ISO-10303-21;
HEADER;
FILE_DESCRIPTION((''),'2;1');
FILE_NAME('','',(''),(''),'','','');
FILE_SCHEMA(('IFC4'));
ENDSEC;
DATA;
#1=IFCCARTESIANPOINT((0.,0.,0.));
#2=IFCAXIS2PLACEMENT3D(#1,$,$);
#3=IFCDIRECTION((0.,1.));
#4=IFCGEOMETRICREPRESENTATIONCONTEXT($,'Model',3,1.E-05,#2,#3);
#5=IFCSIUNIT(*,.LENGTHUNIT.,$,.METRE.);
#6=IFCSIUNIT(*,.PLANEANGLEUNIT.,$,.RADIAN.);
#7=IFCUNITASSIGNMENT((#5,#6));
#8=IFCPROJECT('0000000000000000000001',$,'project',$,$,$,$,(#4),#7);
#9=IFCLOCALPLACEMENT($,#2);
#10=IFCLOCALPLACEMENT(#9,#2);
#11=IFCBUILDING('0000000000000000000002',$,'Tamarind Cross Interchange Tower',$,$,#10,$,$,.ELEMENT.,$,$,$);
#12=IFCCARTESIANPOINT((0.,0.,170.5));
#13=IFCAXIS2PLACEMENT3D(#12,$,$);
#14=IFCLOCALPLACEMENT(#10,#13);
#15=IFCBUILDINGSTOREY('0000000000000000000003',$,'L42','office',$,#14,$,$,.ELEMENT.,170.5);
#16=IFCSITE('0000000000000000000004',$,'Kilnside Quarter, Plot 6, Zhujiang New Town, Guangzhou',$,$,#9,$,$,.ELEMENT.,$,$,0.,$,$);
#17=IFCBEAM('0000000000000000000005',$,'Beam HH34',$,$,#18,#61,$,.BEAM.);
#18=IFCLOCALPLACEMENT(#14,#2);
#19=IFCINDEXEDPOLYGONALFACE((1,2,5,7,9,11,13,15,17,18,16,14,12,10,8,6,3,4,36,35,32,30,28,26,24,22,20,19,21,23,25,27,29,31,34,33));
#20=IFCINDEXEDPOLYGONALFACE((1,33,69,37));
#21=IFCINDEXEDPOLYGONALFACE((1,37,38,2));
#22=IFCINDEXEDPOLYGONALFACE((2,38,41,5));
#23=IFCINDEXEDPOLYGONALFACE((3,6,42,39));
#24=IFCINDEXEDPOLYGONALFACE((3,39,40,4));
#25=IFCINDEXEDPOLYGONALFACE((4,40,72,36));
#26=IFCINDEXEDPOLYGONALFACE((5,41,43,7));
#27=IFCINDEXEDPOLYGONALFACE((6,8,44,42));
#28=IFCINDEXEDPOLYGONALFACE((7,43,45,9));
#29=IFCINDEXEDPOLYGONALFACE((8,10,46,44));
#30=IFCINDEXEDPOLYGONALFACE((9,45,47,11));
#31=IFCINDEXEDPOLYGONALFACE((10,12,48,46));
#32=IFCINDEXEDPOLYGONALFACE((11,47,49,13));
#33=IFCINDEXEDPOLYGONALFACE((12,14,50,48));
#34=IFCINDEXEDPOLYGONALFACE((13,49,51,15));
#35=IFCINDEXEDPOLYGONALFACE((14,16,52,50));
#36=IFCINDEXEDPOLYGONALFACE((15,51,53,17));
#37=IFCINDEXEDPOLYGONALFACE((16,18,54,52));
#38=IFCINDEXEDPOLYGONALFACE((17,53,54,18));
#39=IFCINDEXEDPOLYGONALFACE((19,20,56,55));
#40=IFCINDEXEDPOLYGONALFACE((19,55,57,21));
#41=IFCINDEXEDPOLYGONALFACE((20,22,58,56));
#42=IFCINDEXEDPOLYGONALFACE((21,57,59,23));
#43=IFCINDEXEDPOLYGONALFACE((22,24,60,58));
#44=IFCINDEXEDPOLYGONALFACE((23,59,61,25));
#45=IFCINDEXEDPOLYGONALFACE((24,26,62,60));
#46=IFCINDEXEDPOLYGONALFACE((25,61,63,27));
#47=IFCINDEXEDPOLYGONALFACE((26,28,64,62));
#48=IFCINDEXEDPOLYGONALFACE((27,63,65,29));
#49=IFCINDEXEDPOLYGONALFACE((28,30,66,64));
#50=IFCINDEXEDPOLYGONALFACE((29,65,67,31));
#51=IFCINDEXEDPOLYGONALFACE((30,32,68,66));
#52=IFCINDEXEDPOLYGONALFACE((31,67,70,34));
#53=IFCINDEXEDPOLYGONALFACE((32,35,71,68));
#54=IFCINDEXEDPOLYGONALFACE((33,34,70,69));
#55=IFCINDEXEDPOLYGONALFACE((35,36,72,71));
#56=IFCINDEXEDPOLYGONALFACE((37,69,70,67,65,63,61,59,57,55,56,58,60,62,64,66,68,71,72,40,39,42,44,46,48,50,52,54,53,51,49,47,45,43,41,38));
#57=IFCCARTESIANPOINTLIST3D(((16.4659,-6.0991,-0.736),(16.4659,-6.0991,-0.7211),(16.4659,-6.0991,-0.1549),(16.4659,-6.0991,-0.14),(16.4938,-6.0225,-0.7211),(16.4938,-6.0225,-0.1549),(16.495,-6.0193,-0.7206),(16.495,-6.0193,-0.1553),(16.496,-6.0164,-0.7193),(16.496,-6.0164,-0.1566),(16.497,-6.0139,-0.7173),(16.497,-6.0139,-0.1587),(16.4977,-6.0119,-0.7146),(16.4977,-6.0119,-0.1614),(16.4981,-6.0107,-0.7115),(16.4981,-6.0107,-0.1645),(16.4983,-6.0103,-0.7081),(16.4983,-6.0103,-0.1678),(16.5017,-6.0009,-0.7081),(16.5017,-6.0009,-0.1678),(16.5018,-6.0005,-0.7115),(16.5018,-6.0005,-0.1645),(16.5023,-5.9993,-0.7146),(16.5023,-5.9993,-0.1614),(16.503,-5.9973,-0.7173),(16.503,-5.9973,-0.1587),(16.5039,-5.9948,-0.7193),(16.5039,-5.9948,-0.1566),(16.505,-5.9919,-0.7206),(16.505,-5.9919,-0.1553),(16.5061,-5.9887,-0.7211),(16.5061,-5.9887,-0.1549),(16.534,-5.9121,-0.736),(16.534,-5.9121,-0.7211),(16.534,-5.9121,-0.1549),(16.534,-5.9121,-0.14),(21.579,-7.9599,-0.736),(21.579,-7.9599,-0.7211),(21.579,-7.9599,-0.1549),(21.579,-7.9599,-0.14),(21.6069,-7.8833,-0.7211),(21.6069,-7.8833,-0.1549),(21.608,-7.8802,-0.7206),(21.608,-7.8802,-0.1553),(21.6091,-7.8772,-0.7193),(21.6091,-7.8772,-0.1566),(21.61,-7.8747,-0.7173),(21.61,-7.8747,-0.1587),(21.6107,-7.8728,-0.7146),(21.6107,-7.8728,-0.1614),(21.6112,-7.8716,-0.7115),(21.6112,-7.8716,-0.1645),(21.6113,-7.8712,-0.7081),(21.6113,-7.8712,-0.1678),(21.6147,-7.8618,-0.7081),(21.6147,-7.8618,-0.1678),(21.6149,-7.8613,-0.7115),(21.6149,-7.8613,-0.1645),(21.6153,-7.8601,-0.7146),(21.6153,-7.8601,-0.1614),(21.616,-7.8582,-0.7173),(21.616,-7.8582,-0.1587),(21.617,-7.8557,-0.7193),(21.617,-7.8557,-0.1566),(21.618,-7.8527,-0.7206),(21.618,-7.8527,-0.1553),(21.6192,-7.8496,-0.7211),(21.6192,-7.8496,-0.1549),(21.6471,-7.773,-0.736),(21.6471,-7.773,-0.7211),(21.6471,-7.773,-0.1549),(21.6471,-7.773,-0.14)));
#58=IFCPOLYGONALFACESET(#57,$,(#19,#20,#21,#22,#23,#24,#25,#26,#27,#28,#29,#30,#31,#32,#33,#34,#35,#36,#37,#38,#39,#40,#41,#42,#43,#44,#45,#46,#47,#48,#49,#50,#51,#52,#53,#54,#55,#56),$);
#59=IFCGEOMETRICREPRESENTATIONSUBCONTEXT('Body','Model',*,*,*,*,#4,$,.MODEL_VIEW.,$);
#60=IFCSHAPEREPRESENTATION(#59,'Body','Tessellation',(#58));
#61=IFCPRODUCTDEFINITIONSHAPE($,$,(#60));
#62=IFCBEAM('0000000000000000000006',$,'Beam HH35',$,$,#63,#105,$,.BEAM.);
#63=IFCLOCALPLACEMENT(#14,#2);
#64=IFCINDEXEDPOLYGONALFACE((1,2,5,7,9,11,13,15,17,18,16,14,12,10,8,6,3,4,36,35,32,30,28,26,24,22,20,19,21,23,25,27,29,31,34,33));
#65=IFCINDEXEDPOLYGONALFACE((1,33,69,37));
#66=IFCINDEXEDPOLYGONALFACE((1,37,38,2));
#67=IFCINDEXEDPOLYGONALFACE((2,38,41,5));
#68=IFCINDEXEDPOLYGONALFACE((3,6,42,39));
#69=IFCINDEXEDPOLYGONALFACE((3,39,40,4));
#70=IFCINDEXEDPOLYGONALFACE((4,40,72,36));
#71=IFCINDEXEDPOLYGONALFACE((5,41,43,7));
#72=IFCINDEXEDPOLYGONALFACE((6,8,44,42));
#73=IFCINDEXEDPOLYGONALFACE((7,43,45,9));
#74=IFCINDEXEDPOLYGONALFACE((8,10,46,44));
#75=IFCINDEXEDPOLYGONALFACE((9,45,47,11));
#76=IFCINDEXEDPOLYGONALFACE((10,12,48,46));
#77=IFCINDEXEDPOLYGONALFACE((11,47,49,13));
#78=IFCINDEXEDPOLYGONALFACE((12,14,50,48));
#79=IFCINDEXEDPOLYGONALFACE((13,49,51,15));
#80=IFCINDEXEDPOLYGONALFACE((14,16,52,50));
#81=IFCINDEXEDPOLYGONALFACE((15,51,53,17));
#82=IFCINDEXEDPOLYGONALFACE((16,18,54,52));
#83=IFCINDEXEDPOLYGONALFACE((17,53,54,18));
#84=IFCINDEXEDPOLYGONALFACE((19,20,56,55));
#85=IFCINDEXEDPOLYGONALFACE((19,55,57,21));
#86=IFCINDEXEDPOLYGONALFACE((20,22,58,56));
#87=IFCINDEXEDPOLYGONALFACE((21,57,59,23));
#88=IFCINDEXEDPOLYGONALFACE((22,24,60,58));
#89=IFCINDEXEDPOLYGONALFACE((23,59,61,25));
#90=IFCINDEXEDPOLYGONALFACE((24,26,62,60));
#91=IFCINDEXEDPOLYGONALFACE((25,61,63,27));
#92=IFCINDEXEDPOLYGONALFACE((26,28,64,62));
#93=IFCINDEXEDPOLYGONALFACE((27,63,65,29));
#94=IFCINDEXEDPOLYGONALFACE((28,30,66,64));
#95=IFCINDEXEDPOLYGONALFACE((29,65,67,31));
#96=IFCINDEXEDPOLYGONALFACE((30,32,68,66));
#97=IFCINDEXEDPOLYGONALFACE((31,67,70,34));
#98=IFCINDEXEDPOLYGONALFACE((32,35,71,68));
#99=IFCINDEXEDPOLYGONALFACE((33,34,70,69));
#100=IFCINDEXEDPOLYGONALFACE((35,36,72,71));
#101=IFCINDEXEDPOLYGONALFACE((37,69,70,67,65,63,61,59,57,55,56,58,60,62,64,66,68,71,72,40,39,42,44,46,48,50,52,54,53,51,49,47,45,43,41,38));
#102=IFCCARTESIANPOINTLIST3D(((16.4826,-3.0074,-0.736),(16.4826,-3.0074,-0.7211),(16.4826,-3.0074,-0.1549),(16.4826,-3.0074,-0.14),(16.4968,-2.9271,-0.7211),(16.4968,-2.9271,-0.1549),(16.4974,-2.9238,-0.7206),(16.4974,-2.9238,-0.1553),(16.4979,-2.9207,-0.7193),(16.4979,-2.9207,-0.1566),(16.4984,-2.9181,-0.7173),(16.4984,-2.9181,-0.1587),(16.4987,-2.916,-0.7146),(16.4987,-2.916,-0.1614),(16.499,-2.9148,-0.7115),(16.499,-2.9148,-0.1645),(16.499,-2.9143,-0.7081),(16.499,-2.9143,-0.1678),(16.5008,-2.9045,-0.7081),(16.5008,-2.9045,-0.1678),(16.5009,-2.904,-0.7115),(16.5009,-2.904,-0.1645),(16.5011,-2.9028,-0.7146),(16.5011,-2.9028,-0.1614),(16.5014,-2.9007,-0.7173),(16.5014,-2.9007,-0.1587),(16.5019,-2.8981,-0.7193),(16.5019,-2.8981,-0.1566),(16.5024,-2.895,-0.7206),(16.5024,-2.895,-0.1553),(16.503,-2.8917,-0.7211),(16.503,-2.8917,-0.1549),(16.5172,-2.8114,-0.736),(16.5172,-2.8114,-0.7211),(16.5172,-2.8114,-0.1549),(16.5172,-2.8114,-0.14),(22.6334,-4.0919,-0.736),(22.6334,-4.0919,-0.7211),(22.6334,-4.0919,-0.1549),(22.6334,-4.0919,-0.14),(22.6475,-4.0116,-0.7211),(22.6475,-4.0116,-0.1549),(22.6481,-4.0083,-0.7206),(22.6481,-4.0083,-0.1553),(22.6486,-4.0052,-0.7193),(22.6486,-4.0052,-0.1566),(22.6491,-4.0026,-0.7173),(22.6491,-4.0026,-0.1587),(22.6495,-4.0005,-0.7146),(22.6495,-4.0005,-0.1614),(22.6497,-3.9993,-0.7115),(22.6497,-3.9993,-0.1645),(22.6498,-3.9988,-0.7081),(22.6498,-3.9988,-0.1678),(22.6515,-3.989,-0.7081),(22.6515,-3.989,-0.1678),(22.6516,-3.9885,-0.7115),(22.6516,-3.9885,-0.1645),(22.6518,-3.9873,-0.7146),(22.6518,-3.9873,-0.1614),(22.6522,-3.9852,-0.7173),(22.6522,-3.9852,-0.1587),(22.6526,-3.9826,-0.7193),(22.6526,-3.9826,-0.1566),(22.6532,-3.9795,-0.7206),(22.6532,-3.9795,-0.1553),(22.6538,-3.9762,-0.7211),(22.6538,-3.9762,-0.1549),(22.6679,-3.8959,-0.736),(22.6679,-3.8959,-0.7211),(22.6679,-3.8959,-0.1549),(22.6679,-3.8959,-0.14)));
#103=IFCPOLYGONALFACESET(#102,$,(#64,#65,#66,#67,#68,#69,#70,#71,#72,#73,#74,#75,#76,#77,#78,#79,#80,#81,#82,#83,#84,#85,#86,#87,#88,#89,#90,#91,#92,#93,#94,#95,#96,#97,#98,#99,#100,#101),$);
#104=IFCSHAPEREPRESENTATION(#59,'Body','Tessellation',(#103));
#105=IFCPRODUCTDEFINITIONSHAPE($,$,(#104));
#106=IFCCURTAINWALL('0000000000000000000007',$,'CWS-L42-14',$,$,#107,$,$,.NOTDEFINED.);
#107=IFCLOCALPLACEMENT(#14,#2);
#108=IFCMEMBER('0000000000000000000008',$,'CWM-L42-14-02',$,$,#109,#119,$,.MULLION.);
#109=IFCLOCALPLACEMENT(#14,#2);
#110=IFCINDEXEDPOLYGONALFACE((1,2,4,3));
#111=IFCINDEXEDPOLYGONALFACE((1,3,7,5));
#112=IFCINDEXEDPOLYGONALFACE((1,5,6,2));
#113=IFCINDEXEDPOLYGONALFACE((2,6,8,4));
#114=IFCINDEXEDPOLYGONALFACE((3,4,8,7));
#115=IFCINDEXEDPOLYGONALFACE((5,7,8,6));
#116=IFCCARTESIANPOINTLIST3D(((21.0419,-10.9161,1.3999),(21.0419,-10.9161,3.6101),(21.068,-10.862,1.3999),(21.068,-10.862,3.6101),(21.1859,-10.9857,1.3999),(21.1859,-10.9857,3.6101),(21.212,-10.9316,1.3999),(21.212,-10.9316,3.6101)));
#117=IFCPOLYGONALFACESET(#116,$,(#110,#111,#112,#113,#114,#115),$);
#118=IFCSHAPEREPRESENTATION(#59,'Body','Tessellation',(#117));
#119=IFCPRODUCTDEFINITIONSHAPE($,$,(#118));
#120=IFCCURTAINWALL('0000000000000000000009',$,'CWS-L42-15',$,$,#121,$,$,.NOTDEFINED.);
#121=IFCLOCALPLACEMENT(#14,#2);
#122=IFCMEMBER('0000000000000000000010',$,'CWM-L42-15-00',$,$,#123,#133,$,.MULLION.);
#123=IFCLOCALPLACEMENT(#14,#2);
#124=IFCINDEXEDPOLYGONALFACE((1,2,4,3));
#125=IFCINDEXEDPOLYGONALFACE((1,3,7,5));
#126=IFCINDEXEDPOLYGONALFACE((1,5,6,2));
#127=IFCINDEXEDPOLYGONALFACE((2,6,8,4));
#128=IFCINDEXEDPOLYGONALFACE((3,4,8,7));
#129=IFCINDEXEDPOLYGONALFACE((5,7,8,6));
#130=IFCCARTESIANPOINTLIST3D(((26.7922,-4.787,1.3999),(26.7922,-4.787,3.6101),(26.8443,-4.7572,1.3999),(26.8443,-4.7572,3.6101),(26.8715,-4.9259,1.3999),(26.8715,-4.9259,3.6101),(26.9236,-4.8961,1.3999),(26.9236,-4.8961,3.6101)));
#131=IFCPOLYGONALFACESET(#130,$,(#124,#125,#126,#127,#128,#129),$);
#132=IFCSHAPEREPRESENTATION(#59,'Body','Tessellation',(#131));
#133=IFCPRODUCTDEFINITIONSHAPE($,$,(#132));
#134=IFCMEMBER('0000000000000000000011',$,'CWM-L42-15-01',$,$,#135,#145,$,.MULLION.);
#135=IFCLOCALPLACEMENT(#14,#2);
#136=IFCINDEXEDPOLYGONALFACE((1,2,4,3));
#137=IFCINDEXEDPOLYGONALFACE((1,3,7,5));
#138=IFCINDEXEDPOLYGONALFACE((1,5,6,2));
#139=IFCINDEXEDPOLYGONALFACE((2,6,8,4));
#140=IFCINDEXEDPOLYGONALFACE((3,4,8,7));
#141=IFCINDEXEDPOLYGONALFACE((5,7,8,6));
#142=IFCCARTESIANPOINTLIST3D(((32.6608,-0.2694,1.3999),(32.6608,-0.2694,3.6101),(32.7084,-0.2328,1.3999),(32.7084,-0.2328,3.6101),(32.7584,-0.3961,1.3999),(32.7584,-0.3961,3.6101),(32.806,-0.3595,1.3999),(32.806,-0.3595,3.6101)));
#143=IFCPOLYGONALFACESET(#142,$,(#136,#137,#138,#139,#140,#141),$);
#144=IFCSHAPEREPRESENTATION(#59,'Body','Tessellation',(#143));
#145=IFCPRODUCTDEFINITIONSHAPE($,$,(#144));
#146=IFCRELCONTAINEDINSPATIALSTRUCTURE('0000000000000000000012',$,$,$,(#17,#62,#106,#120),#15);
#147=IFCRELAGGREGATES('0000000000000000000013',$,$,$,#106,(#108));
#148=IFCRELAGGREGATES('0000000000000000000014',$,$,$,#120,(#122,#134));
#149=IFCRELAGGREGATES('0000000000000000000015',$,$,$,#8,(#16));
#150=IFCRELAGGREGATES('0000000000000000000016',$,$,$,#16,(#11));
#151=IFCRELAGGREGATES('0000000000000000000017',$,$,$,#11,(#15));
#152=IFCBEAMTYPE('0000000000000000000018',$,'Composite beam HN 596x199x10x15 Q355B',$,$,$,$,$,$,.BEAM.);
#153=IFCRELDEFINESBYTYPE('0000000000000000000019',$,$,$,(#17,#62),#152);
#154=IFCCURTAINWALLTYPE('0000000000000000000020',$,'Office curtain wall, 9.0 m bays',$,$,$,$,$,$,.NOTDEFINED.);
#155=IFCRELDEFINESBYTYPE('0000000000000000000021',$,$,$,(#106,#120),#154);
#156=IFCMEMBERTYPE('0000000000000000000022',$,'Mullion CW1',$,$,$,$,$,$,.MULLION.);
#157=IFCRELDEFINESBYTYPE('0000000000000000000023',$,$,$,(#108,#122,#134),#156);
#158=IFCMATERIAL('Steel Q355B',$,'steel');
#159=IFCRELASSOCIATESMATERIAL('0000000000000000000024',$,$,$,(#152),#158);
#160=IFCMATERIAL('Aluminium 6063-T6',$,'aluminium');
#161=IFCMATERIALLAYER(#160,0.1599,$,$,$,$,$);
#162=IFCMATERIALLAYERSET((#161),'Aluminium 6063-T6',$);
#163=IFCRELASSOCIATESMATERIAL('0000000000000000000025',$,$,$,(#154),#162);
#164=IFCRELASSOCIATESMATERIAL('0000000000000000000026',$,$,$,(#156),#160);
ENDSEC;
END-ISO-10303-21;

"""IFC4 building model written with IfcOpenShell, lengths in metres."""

from ifc_helpers import new_model, si_unit, direction, frame, origin, origin_2d, place, context, subcontext, project, spatial, rectangle, i_section, extrude, material, layer, layer_set, material_profile, profile_set, type_object, element, aggregate, save


model = new_model("IFC4")

# Units and contexts
model_context = context("Model", 3, precision=1e-05, world=origin(), true_north=direction((0.0, 1.0)))
body_context = subcontext(model_context, "Body", "Model", "MODEL_VIEW")
ifc_project = project(units=[si_unit("LENGTHUNIT", "METRE"), si_unit("PLANEANGLEUNIT", "RADIAN")], contexts=[model_context])

# Site, building, storey
site_placement = place(None, origin())
site = spatial("IfcSite", under=ifc_project, at=site_placement, Name="Kilnside Quarter, Plot 6, Zhujiang New Town, Guangzhou", CompositionType="ELEMENT", RefElevation=0.0)
building_placement = place(site_placement, origin())
building = spatial("IfcBuilding", under=site, at=building_placement, Name="Tamarind Cross Interchange Tower", CompositionType="ELEMENT")
storey_placement = place(building_placement, frame((0.0, 0.0, 170.5)))
storey = spatial("IfcBuildingStorey", under=building, at=storey_placement, Name="L42", Description="office", CompositionType="ELEMENT", Elevation=170.5)

# Beams
ifc_material_1 = material(Name="Steel Q355B", Category="steel")
ifc_material_profile_1 = material_profile(ifc_material_1, i_section(OverallWidth=0.199, OverallDepth=0.5959, WebThickness=0.01, FlangeThickness=0.0149, FilletRadius=0.0129, at=origin_2d()), Name="HN 596x199x10x15")
ifc_profile_set_1 = profile_set([ifc_material_profile_1], Name="Steel Q355B")
beam_type = type_object("IfcBeamType", Name="Composite beam HN 596x199x10x15 Q355B", PredefinedType="BEAM", material=ifc_profile_set_1)
beam_1_placement = place(storey_placement, frame((21.613, -7.8665, -0.438), z_axis=(-0.939702, 0.341995, 0.0), x_axis=(-0.341995, -0.939702, 0.0)))
element("IfcBeam", 1, at=beam_1_placement, inside=storey, type_object=beam_type, Name="Beam HH34", PredefinedType="BEAM", context=body_context, shape_type="SweptSolid", body=[
    extrude(i_section(OverallWidth=0.199, OverallDepth=0.5959, WebThickness=0.01, FlangeThickness=0.0149, FilletRadius=0.0129, at=origin_2d()), origin(), (0.0, 0.0, 1.0), 5.4412),
])
beam_2_placement = place(storey_placement, frame((22.6506, -3.9939, -0.438), z_axis=(-0.984809, 0.17364, 0.0), x_axis=(-0.17364, -0.984809, 0.0)))
element("IfcBeam", 2, at=beam_2_placement, inside=storey, type_object=beam_type, Name="Beam HH35", PredefinedType="BEAM", context=body_context, shape_type="SweptSolid", body=[
    extrude(i_section(OverallWidth=0.199, OverallDepth=0.5959, WebThickness=0.01, FlangeThickness=0.0149, FilletRadius=0.0129, at=origin_2d()), origin(), (0.0, 0.0, 1.0), 6.2456),
])

# Curtain wall, member
ifc_material_2 = material(Name="Aluminium 6063-T6", Category="aluminium")
ifc_layer_1 = layer(ifc_material_2, 0.1599)
ifc_layer_set_1 = layer_set([ifc_layer_1], Name="Aluminium 6063-T6")
curtain_wall_type = type_object("IfcCurtainWallType", Name="Office curtain wall, 9.0 m bays", PredefinedType="NOTDEFINED", material=ifc_layer_set_1)
curtain_wall_1_placement = place(storey_placement, origin())
curtain_wall_1 = element("IfcCurtainWall", 3, at=curtain_wall_1_placement, inside=storey, type_object=curtain_wall_type, Name="CWS-L42-14", PredefinedType="NOTDEFINED")
ifc_material_profile_2 = material_profile(ifc_material_2, rectangle(XDim=0.0601, YDim=0.1599, at=origin_2d()), Name="Mullion CW1")
ifc_profile_set_2 = profile_set([ifc_material_profile_2], Name="Aluminium 6063-T6")
member_type = type_object("IfcMemberType", Name="Mullion CW1", PredefinedType="MULLION", material=ifc_profile_set_2)
member_1_placement = place(storey_placement, frame((21.127, -10.9238, 1.3999), z_axis=(0.0, 0.0, 1.0), x_axis=(0.435326, 0.900273, 0.0)))
member_1 = element("IfcMember", 4, at=member_1_placement, type_object=member_type, Name="CWM-L42-14-02", PredefinedType="MULLION", context=body_context, shape_type="SweptSolid", body=[
    extrude(rectangle(XDim=0.0601, YDim=0.1599, at=origin_2d()), origin(), (0.0, 0.0, 1.0), 2.2102),
])
aggregate(curtain_wall_1, [member_1])

# Curtain wall, members
curtain_wall_2_placement = place(storey_placement, origin())
curtain_wall_2 = element("IfcCurtainWall", 5, at=curtain_wall_2_placement, inside=storey, type_object=curtain_wall_type, Name="CWS-L42-15", PredefinedType="NOTDEFINED")
member_2_placement = place(storey_placement, frame((26.8579, -4.8416, 1.3999), z_axis=(0.0, 0.0, 1.0), x_axis=(0.868374, 0.495911, 0.0)))
member_2 = element("IfcMember", 6, at=member_2_placement, type_object=member_type, Name="CWM-L42-15-00", PredefinedType="MULLION", context=body_context, shape_type="SweptSolid", body=[
    extrude(rectangle(XDim=0.0601, YDim=0.1599, at=origin_2d()), origin(), (0.0, 0.0, 1.0), 2.2102),
])
member_3_placement = place(storey_placement, frame((32.7334, -0.3145, 1.3999), z_axis=(0.0, 0.0, 1.0), x_axis=(0.792153, 0.610322, 0.0)))
member_3 = element("IfcMember", 7, at=member_3_placement, type_object=member_type, Name="CWM-L42-15-01", PredefinedType="MULLION", context=body_context, shape_type="SweptSolid", body=[
    extrude(rectangle(XDim=0.0601, YDim=0.1599, at=origin_2d()), origin(), (0.0, 0.0, 1.0), 2.2102),
])
aggregate(curtain_wall_2, [member_2, member_3])

save(model, "model.ifc")
